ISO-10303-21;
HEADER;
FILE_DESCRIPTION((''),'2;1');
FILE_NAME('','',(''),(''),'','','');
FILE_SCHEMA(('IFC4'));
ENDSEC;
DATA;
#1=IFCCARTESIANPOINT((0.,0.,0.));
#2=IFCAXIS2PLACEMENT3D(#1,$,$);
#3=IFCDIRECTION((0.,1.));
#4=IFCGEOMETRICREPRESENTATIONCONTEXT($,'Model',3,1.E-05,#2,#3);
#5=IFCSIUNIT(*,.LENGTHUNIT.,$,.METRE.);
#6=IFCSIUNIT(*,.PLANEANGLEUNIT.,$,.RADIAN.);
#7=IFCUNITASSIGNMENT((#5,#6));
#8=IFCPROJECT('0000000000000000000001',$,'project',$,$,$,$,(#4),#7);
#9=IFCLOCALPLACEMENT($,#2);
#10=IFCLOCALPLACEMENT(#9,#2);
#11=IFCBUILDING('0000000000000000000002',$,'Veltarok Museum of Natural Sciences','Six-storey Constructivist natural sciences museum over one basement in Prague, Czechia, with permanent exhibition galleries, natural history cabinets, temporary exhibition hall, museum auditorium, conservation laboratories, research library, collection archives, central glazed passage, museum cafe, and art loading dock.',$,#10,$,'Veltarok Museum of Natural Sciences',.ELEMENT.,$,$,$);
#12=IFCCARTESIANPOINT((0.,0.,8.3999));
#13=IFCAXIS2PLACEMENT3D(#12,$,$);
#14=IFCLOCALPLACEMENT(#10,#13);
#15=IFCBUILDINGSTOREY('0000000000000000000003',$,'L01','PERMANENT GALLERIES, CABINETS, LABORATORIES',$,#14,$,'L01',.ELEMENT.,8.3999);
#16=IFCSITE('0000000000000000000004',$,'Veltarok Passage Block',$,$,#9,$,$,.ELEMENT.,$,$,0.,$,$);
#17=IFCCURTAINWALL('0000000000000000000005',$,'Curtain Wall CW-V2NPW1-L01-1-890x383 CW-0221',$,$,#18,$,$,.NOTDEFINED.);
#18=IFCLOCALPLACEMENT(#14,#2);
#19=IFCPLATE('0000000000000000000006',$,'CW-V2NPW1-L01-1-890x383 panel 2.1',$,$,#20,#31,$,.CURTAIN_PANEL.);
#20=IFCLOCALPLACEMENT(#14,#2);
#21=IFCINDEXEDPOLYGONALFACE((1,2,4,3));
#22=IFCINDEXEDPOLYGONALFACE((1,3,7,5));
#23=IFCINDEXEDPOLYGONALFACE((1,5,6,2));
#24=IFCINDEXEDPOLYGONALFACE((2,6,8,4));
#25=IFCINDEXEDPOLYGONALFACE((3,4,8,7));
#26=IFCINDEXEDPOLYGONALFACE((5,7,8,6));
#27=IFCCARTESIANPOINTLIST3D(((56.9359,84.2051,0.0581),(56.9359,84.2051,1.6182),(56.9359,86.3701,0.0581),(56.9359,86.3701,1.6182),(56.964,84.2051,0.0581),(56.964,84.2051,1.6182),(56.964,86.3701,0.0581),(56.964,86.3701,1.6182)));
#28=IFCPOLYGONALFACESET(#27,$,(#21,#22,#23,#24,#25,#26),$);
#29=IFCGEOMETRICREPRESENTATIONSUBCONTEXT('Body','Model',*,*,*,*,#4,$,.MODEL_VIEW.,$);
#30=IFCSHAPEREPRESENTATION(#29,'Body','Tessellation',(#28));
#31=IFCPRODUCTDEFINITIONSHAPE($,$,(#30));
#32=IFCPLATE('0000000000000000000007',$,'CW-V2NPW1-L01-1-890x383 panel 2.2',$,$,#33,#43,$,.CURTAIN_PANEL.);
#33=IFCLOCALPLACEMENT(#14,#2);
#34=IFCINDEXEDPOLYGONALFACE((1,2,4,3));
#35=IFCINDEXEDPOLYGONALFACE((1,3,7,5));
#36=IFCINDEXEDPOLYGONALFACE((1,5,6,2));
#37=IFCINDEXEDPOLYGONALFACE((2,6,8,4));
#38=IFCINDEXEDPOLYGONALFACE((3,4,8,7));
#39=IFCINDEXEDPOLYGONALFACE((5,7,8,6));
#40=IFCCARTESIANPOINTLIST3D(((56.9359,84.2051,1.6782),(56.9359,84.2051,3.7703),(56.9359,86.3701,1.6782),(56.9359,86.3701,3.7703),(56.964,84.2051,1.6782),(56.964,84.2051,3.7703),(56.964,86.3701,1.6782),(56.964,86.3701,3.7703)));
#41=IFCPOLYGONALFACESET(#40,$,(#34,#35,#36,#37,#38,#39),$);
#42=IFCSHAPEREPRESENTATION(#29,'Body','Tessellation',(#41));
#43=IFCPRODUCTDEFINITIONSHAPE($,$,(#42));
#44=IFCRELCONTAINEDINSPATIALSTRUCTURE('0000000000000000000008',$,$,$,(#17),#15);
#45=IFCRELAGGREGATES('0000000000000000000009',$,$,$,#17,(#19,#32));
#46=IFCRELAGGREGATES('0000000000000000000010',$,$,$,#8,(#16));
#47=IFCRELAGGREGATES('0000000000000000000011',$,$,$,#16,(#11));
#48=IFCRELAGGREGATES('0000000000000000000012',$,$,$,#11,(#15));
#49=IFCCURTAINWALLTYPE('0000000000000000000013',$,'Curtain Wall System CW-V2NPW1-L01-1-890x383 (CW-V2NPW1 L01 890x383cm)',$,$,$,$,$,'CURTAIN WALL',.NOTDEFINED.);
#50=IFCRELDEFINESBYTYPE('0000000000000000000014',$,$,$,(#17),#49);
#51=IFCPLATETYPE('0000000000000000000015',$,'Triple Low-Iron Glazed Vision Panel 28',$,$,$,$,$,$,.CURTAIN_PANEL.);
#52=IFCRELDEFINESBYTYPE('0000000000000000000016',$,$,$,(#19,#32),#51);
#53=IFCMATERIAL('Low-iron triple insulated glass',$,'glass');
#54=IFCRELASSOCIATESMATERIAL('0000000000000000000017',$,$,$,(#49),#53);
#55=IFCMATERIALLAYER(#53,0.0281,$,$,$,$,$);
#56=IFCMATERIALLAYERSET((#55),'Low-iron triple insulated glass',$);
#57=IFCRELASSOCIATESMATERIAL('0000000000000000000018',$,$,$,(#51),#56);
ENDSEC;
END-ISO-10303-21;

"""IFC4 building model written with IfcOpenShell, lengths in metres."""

from ifc_helpers import new_model, si_unit, direction, frame, origin, origin_2d, place, context, subcontext, project, spatial, rectangle, extrude, material, layer, layer_set, type_object, element, aggregate, save


model = new_model("IFC4")

# Units and contexts
model_context = context("Model", 3, precision=1e-05, world=origin(), true_north=direction((0.0, 1.0)))
body_context = subcontext(model_context, "Body", "Model", "MODEL_VIEW")
ifc_project = project(units=[si_unit("LENGTHUNIT", "METRE"), si_unit("PLANEANGLEUNIT", "RADIAN")], contexts=[model_context])

# Site, building, storey
site_placement = place(None, origin())
site = spatial("IfcSite", under=ifc_project, at=site_placement, Name="Veltarok Passage Block", CompositionType="ELEMENT", RefElevation=0.0)
building_placement = place(site_placement, origin())
building = spatial("IfcBuilding", under=site, at=building_placement, Name="Veltarok Museum of Natural Sciences", Description="Six-storey Constructivist natural sciences museum over one basement in Prague, Czechia, with permanent exhibition galleries, natural history cabinets, temporary exhibition hall, museum auditorium, conservation laboratories, research library, collection archives, central glazed passage, museum cafe, and art loading dock.", LongName="Veltarok Museum of Natural Sciences", CompositionType="ELEMENT")
storey_placement = place(building_placement, frame((0.0, 0.0, 8.3999)))
storey = spatial("IfcBuildingStorey", under=building, at=storey_placement, Name="L01", Description="PERMANENT GALLERIES, CABINETS, LABORATORIES", LongName="L01", CompositionType="ELEMENT", Elevation=8.3999)

# Curtain wall
ifc_material_1 = material(Name="Low-iron triple insulated glass", Category="glass")
curtain_wall_type_1 = type_object("IfcCurtainWallType", Name="Curtain Wall System CW-V2NPW1-L01-1-890x383 (CW-V2NPW1 L01 890x383cm)", ElementType="CURTAIN WALL", PredefinedType="NOTDEFINED", material=ifc_material_1)
curtain_wall_1_placement = place(storey_placement, origin())
curtain_wall_1 = element("IfcCurtainWall", 1, at=curtain_wall_1_placement, inside=storey, type_object=curtain_wall_type_1, Name="Curtain Wall CW-V2NPW1-L01-1-890x383 CW-0221", PredefinedType="NOTDEFINED")

# Plates
ifc_layer = layer(ifc_material_1, 0.0281)
ifc_layer_set = layer_set([ifc_layer], Name="Low-iron triple insulated glass")
plate_type = type_object("IfcPlateType", Name="Triple Low-Iron Glazed Vision Panel 28", PredefinedType="CURTAIN_PANEL", material=ifc_layer_set)
plate_1_placement = place(storey_placement, frame((56.95, 85.2876, 0.0581), z_axis=(0.0, 0.0, 1.0), x_axis=(0.0, 1.0, 0.0)))
plate_1 = element("IfcPlate", 2, at=plate_1_placement, type_object=plate_type, Name="CW-V2NPW1-L01-1-890x383 panel 2.1", PredefinedType="CURTAIN_PANEL", context=body_context, shape_type="SweptSolid", body=[
    extrude(rectangle(XDim=2.165, YDim=0.0281, at=origin_2d()), origin(), (0.0, 0.0, 1.0), 1.5601),
])
plate_2_placement = place(storey_placement, frame((56.95, 85.2876, 1.6782), z_axis=(0.0, 0.0, 1.0), x_axis=(0.0, 1.0, 0.0)))
plate_2 = element("IfcPlate", 3, at=plate_2_placement, type_object=plate_type, Name="CW-V2NPW1-L01-1-890x383 panel 2.2", PredefinedType="CURTAIN_PANEL", context=body_context, shape_type="SweptSolid", body=[
    extrude(rectangle(XDim=2.165, YDim=0.0281, at=origin_2d()), origin(), (0.0, 0.0, 1.0), 2.092),
])
aggregate(curtain_wall_1, [plate_1, plate_2])

save(model, "model.ifc")
